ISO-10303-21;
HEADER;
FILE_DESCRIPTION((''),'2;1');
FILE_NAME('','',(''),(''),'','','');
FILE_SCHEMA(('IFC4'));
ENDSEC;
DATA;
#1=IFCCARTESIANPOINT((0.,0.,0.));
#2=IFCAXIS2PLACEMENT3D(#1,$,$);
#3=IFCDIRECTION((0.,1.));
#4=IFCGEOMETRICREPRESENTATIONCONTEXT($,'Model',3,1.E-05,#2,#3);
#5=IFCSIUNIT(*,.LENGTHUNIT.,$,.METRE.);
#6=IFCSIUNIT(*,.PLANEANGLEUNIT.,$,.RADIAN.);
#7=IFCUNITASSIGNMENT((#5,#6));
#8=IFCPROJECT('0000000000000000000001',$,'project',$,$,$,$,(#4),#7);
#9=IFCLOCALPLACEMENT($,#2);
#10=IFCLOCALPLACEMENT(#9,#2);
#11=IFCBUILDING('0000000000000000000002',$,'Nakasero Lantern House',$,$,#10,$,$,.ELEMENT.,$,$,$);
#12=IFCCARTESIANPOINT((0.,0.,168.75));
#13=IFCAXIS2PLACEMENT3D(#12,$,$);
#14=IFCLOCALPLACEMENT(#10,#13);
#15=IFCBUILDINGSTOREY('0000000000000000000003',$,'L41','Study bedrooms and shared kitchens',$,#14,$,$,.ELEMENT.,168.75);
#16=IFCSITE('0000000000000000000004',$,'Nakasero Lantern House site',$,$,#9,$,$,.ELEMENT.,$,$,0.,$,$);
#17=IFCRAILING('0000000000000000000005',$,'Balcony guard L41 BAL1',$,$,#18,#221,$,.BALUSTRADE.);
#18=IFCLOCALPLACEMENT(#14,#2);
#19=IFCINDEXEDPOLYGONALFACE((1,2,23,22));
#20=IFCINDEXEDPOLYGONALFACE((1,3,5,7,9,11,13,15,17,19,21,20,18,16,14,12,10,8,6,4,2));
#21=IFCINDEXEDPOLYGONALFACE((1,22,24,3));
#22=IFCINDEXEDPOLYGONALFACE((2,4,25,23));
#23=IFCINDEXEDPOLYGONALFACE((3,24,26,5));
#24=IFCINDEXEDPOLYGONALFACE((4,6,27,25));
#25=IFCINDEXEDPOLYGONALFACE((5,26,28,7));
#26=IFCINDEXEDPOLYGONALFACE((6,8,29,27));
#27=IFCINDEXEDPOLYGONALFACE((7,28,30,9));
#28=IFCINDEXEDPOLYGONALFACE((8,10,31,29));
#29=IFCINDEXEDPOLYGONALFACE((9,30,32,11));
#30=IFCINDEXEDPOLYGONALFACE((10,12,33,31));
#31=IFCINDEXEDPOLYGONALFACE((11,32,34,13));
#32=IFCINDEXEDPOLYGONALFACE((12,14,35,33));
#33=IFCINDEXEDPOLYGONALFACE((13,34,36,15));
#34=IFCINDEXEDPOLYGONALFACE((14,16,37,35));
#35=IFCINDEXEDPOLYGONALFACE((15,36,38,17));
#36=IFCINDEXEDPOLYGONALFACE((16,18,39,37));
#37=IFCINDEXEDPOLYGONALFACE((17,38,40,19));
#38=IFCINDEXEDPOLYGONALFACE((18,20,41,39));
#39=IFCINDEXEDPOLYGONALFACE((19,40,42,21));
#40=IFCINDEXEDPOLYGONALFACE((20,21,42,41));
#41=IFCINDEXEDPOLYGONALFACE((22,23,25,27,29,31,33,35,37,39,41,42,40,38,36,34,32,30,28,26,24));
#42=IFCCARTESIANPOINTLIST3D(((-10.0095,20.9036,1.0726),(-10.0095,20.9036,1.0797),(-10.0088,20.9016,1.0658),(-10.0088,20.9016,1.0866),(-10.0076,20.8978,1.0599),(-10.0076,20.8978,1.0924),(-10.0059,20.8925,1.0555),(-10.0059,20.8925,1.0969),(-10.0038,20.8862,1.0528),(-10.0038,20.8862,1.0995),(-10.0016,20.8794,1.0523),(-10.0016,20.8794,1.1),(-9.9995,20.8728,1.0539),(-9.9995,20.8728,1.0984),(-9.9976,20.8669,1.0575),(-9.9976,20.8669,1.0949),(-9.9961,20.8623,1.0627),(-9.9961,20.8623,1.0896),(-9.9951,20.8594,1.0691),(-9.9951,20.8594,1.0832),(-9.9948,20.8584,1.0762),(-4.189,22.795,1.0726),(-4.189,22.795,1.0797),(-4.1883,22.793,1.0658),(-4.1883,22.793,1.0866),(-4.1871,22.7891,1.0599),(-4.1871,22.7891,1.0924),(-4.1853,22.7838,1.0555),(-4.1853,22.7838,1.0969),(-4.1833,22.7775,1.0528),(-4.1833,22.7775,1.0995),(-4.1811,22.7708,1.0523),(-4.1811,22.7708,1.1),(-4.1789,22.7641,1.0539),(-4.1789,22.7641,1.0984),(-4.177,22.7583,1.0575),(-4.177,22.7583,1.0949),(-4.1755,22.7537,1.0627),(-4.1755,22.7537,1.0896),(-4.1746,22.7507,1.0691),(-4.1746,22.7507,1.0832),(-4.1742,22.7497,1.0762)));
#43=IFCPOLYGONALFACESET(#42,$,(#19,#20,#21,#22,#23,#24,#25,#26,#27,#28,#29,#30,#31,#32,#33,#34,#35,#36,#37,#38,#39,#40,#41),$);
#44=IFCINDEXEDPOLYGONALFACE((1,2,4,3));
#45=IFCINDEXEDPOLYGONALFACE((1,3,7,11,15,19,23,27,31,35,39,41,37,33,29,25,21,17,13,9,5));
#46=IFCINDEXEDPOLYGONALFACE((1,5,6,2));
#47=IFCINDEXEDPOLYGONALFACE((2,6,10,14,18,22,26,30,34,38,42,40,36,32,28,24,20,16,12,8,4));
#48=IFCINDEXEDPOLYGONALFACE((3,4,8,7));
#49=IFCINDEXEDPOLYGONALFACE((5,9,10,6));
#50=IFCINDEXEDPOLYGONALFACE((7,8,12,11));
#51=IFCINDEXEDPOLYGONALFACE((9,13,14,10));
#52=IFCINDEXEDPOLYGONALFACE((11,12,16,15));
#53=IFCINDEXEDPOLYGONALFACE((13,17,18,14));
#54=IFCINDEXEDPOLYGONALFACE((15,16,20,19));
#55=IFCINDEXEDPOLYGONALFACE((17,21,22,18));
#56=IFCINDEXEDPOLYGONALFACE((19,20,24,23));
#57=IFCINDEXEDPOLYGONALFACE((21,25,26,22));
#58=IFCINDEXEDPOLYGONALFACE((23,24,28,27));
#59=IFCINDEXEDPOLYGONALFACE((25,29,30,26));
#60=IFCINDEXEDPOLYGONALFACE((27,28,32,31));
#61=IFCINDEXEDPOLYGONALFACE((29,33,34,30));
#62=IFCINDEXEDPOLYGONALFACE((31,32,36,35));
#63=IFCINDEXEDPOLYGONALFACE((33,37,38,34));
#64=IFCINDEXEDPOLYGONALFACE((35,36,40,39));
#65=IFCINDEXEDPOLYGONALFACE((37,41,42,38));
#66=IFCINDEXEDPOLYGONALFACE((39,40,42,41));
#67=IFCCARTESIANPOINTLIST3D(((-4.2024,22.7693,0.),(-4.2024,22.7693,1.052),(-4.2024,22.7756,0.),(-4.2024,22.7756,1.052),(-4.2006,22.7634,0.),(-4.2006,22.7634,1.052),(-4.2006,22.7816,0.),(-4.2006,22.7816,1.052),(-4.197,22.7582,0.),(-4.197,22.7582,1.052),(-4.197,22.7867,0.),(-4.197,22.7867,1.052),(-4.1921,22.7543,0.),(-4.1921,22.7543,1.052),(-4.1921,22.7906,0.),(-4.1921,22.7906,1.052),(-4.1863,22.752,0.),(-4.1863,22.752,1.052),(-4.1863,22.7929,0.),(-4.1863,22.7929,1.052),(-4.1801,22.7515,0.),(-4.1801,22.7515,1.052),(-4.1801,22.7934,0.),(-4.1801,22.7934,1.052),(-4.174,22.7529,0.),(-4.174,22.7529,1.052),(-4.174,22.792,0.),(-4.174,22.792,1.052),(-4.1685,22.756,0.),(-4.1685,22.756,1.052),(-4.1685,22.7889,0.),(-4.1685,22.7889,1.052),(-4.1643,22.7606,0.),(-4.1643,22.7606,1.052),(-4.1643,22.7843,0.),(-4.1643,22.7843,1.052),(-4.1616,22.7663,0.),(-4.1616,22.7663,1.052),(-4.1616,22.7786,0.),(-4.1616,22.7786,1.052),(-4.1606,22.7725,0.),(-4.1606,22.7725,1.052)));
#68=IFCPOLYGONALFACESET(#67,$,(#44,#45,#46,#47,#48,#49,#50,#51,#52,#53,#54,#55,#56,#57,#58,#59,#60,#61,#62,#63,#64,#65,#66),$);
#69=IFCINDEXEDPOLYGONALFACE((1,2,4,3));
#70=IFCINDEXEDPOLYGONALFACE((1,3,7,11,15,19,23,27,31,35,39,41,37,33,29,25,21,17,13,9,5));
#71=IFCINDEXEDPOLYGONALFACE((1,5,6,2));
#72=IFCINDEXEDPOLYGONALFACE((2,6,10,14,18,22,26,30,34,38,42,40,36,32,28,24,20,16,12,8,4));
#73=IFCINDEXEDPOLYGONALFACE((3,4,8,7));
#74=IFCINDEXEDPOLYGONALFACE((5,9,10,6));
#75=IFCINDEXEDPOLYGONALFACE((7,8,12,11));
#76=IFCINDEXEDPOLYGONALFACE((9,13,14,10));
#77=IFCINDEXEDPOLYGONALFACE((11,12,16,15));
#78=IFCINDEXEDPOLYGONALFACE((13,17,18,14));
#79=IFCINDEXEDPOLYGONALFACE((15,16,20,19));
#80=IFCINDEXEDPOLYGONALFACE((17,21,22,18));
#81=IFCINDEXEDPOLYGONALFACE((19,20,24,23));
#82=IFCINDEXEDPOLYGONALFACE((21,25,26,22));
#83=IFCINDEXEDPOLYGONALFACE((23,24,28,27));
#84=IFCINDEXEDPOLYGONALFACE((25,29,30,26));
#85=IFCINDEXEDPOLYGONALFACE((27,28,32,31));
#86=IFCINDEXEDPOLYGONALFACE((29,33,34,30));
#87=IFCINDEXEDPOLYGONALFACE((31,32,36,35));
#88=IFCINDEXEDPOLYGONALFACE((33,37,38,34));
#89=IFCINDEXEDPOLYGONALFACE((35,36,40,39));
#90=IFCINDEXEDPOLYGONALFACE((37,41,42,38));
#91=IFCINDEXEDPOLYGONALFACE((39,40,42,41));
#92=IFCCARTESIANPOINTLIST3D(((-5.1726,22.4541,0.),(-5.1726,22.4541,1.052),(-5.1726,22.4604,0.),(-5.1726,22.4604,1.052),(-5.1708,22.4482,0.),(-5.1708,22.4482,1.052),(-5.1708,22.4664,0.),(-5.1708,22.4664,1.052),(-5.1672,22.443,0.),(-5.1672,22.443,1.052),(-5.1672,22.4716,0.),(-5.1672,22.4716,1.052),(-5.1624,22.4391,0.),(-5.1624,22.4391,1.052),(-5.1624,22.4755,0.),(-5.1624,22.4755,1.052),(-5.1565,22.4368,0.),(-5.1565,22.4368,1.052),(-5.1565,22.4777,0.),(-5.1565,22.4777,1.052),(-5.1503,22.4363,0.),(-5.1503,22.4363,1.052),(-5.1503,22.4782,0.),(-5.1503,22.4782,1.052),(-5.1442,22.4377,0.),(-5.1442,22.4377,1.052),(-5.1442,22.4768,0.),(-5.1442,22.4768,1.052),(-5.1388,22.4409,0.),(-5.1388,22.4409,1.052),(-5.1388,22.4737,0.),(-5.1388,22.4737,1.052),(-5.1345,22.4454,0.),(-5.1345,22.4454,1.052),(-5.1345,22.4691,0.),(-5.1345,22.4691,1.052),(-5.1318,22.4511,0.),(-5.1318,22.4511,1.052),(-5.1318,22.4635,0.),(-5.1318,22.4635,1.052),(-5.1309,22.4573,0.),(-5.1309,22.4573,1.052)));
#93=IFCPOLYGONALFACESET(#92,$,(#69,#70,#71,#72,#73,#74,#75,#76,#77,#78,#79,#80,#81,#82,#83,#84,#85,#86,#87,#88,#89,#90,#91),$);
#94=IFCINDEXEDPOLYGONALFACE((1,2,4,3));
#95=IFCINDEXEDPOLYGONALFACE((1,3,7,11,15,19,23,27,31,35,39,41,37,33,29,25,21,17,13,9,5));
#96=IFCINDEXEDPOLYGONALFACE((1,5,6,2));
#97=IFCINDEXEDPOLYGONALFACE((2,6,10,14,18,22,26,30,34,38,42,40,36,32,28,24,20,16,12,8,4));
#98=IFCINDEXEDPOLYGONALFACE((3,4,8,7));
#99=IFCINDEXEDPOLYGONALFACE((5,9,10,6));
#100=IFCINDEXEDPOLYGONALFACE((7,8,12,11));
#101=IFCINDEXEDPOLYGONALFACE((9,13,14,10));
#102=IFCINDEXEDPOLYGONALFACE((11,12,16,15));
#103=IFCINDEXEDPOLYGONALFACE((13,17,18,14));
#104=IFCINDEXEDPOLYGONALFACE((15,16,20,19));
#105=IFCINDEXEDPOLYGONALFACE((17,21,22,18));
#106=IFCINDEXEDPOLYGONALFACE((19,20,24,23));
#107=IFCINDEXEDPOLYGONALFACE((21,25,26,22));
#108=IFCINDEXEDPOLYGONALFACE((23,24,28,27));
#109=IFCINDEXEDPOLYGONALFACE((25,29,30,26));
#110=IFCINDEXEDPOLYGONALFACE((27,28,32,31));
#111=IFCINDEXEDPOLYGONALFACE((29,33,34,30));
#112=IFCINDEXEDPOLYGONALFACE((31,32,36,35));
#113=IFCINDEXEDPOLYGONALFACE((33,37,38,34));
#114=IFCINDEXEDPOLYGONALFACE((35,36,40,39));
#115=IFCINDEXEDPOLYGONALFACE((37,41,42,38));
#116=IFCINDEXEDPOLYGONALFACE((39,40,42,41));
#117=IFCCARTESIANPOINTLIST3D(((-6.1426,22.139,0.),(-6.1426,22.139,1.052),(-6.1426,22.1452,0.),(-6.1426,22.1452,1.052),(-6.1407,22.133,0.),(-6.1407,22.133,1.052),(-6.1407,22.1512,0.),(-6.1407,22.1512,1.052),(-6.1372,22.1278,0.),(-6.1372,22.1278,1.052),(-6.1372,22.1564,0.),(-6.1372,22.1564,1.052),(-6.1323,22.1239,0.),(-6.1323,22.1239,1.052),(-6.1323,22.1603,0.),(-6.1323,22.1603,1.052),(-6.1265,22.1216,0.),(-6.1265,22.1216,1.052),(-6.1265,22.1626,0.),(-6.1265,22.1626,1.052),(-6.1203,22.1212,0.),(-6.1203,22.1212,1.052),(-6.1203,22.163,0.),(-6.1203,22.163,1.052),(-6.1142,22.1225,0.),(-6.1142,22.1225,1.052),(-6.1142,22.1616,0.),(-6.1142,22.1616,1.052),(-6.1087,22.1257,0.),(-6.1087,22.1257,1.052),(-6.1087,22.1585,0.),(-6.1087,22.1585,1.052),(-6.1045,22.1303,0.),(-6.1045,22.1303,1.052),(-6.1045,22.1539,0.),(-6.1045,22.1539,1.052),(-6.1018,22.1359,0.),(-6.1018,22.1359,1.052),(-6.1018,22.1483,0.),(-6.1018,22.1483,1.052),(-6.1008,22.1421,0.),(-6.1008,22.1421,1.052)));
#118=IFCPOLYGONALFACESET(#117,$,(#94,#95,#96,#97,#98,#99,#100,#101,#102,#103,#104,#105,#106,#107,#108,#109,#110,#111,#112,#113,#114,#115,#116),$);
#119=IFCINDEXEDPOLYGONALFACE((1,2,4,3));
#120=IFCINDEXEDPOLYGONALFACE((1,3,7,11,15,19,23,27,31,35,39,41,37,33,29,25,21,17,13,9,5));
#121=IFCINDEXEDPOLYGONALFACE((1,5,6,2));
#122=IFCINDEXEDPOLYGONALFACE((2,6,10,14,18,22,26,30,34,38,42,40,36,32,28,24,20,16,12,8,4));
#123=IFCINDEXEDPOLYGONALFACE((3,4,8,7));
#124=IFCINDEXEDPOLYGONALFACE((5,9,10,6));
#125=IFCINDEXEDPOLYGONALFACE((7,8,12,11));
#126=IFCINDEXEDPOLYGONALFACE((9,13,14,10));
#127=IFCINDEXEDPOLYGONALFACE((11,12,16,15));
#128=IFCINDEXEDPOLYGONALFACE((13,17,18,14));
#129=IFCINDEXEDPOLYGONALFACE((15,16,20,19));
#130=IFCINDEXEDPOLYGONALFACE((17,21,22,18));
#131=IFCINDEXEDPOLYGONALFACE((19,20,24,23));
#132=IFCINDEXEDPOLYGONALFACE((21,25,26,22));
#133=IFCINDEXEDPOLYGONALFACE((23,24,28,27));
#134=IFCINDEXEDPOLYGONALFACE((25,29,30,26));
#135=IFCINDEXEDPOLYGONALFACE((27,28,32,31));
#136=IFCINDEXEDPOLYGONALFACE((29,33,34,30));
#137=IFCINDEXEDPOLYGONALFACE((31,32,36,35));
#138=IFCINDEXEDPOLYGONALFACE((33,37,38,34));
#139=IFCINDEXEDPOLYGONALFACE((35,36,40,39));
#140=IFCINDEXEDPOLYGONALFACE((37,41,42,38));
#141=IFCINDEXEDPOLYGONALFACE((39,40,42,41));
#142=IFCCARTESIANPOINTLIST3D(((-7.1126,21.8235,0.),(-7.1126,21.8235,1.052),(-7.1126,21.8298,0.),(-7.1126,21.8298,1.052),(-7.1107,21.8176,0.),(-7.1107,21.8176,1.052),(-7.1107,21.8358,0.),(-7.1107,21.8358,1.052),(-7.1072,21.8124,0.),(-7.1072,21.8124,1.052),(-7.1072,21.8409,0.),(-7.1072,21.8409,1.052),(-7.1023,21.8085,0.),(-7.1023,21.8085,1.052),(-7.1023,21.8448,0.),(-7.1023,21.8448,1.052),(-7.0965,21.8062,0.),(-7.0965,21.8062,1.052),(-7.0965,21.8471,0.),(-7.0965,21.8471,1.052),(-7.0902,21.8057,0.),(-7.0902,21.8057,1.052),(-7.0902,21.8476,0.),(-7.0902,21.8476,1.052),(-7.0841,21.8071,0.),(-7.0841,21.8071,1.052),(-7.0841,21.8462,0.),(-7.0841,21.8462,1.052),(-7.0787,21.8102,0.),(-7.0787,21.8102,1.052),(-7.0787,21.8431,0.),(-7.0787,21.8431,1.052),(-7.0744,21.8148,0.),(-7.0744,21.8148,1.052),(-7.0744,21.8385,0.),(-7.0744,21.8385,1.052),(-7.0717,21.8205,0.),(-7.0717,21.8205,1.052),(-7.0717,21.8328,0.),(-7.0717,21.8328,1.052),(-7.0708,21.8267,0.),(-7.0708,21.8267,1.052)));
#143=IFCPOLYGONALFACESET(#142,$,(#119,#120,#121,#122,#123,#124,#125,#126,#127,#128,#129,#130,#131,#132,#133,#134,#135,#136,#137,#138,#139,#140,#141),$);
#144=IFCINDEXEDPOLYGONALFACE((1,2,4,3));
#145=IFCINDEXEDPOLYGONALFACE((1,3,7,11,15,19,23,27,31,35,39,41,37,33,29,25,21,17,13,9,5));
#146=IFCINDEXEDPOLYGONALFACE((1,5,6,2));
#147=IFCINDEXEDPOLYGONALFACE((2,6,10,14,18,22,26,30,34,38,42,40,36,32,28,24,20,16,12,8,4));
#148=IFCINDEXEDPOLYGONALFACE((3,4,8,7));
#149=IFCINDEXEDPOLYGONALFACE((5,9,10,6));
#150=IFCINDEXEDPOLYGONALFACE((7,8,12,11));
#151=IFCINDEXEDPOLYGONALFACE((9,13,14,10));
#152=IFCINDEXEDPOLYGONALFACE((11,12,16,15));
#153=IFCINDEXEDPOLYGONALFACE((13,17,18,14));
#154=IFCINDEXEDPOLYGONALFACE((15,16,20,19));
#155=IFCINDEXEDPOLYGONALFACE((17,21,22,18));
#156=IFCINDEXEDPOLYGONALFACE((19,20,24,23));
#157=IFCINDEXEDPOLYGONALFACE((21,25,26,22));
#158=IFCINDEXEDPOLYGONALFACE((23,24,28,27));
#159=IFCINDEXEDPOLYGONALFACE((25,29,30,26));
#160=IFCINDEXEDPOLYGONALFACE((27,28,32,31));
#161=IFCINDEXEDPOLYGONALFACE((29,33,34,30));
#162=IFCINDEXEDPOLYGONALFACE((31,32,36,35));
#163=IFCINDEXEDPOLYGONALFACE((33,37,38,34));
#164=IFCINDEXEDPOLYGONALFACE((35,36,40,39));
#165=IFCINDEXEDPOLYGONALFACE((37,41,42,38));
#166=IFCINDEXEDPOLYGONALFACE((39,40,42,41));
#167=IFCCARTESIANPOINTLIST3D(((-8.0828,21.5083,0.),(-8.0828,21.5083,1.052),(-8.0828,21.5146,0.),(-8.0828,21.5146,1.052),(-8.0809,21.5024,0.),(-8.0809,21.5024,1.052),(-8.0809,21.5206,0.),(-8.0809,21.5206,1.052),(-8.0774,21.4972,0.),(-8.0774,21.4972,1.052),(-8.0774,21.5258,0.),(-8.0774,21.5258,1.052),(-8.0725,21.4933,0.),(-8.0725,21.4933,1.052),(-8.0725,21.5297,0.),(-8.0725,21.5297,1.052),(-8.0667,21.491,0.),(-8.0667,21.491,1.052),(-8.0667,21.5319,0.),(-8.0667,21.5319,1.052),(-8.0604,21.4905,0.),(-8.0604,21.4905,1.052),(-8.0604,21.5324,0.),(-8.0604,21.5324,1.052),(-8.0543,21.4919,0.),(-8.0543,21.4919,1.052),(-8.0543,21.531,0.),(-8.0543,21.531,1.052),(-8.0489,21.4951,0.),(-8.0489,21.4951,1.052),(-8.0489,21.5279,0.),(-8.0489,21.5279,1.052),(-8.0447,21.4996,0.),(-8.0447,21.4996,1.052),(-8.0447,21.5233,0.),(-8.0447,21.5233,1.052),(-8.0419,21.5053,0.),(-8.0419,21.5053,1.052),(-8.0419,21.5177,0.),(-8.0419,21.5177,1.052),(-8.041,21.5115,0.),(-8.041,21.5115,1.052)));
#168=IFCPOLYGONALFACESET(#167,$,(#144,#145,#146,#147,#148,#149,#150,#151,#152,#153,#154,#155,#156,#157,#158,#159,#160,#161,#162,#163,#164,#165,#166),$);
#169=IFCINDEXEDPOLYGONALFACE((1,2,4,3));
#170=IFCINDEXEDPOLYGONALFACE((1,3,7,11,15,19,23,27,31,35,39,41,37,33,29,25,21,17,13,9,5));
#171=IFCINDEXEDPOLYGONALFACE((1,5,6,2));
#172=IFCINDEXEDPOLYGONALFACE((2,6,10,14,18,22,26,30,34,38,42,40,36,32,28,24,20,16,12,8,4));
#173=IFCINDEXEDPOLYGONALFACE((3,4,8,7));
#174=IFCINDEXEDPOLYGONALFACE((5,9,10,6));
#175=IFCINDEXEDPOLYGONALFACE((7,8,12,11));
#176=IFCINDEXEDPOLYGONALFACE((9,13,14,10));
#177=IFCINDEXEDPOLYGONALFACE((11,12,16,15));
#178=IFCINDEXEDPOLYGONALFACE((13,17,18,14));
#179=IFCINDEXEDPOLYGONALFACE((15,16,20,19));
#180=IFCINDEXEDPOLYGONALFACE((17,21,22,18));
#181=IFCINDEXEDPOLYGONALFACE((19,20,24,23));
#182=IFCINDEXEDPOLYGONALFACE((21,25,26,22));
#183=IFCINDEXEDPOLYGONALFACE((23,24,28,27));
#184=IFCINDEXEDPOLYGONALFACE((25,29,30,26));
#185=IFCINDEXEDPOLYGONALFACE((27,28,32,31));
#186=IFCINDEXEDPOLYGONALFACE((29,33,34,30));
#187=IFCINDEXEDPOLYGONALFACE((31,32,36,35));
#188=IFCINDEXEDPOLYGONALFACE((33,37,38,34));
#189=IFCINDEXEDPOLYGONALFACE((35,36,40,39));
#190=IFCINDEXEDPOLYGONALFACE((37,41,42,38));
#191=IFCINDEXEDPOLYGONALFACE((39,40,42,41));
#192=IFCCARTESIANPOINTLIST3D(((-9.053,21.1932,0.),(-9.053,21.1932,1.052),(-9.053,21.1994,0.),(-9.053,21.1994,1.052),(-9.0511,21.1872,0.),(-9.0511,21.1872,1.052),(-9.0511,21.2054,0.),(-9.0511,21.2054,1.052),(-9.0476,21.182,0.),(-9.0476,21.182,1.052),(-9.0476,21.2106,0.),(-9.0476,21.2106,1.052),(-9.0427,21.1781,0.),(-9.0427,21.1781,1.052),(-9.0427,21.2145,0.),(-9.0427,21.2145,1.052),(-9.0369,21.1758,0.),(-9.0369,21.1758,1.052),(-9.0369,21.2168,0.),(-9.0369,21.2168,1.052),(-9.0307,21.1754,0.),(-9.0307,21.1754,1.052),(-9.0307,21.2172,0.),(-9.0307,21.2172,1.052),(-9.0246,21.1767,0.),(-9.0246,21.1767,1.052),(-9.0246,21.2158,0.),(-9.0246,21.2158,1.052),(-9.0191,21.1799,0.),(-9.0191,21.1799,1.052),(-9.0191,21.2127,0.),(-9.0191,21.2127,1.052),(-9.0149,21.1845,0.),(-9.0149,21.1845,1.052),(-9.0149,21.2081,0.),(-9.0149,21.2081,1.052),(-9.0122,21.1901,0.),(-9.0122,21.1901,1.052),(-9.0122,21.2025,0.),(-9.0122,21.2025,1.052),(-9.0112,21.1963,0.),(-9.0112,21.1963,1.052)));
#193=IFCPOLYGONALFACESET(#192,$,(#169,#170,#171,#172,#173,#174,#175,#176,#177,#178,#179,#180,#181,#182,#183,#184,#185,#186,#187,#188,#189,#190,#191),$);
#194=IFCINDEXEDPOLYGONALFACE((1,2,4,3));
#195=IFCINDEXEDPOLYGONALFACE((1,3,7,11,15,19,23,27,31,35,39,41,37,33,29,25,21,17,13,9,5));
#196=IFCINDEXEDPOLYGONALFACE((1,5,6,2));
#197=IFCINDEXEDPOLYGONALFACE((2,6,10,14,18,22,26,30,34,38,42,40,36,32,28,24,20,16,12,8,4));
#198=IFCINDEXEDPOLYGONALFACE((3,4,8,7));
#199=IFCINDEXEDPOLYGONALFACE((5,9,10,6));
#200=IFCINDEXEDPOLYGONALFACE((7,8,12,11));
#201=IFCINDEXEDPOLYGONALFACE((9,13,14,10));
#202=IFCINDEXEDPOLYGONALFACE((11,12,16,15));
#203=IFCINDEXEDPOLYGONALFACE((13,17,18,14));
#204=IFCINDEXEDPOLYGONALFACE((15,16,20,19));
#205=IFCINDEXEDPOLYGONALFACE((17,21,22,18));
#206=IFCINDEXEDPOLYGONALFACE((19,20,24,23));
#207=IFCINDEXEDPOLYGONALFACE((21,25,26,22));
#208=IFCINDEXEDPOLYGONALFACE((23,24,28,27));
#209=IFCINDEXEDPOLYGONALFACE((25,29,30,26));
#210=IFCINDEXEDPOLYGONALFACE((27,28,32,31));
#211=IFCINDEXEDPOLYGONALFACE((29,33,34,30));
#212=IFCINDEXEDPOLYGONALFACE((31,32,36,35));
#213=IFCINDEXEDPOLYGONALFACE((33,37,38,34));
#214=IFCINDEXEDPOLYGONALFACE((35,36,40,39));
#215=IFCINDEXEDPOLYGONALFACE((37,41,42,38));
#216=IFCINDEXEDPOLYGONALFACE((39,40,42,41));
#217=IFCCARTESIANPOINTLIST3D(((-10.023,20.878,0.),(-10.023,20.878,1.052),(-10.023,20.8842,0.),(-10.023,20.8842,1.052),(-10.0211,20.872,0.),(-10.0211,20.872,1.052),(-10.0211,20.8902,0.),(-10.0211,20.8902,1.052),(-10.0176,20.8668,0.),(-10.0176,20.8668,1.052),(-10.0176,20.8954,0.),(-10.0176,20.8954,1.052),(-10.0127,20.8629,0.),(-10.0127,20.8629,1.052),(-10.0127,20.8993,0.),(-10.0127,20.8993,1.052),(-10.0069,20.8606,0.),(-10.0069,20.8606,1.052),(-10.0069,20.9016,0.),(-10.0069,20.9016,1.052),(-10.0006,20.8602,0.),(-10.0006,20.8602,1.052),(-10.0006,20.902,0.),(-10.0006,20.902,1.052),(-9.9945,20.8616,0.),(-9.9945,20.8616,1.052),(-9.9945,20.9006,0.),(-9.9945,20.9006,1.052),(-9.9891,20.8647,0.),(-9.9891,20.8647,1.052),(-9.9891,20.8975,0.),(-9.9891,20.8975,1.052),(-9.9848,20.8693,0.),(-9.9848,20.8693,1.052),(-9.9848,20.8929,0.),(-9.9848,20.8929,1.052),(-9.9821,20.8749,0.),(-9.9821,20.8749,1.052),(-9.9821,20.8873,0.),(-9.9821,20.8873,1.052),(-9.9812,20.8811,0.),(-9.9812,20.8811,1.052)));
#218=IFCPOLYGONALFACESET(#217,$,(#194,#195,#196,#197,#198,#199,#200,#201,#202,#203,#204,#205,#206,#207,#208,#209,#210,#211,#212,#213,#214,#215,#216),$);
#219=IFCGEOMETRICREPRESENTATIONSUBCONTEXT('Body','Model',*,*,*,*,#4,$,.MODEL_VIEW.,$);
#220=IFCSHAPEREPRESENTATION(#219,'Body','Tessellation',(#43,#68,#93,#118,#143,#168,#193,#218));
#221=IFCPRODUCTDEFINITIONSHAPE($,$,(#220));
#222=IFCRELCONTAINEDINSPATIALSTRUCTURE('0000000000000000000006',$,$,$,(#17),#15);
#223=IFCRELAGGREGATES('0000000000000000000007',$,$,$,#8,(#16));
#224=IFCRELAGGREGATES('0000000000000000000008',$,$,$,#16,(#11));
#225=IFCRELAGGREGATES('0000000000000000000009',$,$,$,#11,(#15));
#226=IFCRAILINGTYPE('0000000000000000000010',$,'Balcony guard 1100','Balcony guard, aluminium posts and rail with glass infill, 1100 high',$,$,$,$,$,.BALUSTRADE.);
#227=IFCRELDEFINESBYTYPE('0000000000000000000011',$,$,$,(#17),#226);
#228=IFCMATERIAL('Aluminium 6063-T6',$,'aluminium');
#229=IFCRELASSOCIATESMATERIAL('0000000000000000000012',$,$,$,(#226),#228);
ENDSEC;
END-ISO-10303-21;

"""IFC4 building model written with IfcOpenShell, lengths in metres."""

from ifc_helpers import new_model, si_unit, direction, frame, origin, origin_2d, place, context, subcontext, project, spatial, circle, extrude, material, type_object, element, save


model = new_model("IFC4")

# Units and contexts
model_context = context("Model", 3, precision=1e-05, world=origin(), true_north=direction((0.0, 1.0)))
body_context = subcontext(model_context, "Body", "Model", "MODEL_VIEW")
ifc_project = project(units=[si_unit("LENGTHUNIT", "METRE"), si_unit("PLANEANGLEUNIT", "RADIAN")], contexts=[model_context])

# Site, building, storey
site_placement = place(None, origin())
site = spatial("IfcSite", under=ifc_project, at=site_placement, Name="Nakasero Lantern House site", CompositionType="ELEMENT", RefElevation=0.0)
building_placement = place(site_placement, origin())
building = spatial("IfcBuilding", under=site, at=building_placement, Name="Nakasero Lantern House", CompositionType="ELEMENT")
storey_placement = place(building_placement, frame((0.0, 0.0, 168.75)))
storey = spatial("IfcBuildingStorey", under=building, at=storey_placement, Name="L41", Description="Study bedrooms and shared kitchens", CompositionType="ELEMENT", Elevation=168.75)

# Railing
ifc_material_1 = material(Name="Aluminium 6063-T6", Category="aluminium")
railing_type = type_object("IfcRailingType", Name="Balcony guard 1100", Description="Balcony guard, aluminium posts and rail with glass infill, 1100 high", PredefinedType="BALUSTRADE", material=ifc_material_1)
railing_placement = place(storey_placement, frame((-4.1816, 22.7725, 0.0)))
element("IfcRailing", 1, at=railing_placement, inside=storey, type_object=railing_type, Name="Balcony guard L41 BAL1", PredefinedType="BALUSTRADE", context=body_context, shape_type="SweptSolid", body=[
    extrude(circle(Radius=0.0239, at=origin_2d()), frame((0.0, 0.0, 1.0762), z_axis=(-0.95105, -0.309038, 0.0), x_axis=(0.309038, -0.95105, 0.0)), (0.0, 0.0, 1.0), 6.1201),
    extrude(circle(Radius=0.021, at=origin_2d()), origin(), (0.0, 0.0, 1.0), 1.052),
    extrude(circle(Radius=0.021, at=origin_2d()), frame((-0.9702, -0.3152, 0.0)), (0.0, 0.0, 1.0), 1.052),
    extrude(circle(Radius=0.021, at=origin_2d()), frame((-1.9402, -0.6304, 0.0)), (0.0, 0.0, 1.0), 1.052),
    extrude(circle(Radius=0.021, at=origin_2d()), frame((-2.9102, -0.9458, 0.0)), (0.0, 0.0, 1.0), 1.052),
    extrude(circle(Radius=0.021, at=origin_2d()), frame((-3.8804, -1.261, 0.0)), (0.0, 0.0, 1.0), 1.052),
    extrude(circle(Radius=0.021, at=origin_2d()), frame((-4.8506, -1.5762, 0.0)), (0.0, 0.0, 1.0), 1.052),
    extrude(circle(Radius=0.021, at=origin_2d()), frame((-5.8206, -1.8914, 0.0)), (0.0, 0.0, 1.0), 1.052),
])

save(model, "model.ifc")
